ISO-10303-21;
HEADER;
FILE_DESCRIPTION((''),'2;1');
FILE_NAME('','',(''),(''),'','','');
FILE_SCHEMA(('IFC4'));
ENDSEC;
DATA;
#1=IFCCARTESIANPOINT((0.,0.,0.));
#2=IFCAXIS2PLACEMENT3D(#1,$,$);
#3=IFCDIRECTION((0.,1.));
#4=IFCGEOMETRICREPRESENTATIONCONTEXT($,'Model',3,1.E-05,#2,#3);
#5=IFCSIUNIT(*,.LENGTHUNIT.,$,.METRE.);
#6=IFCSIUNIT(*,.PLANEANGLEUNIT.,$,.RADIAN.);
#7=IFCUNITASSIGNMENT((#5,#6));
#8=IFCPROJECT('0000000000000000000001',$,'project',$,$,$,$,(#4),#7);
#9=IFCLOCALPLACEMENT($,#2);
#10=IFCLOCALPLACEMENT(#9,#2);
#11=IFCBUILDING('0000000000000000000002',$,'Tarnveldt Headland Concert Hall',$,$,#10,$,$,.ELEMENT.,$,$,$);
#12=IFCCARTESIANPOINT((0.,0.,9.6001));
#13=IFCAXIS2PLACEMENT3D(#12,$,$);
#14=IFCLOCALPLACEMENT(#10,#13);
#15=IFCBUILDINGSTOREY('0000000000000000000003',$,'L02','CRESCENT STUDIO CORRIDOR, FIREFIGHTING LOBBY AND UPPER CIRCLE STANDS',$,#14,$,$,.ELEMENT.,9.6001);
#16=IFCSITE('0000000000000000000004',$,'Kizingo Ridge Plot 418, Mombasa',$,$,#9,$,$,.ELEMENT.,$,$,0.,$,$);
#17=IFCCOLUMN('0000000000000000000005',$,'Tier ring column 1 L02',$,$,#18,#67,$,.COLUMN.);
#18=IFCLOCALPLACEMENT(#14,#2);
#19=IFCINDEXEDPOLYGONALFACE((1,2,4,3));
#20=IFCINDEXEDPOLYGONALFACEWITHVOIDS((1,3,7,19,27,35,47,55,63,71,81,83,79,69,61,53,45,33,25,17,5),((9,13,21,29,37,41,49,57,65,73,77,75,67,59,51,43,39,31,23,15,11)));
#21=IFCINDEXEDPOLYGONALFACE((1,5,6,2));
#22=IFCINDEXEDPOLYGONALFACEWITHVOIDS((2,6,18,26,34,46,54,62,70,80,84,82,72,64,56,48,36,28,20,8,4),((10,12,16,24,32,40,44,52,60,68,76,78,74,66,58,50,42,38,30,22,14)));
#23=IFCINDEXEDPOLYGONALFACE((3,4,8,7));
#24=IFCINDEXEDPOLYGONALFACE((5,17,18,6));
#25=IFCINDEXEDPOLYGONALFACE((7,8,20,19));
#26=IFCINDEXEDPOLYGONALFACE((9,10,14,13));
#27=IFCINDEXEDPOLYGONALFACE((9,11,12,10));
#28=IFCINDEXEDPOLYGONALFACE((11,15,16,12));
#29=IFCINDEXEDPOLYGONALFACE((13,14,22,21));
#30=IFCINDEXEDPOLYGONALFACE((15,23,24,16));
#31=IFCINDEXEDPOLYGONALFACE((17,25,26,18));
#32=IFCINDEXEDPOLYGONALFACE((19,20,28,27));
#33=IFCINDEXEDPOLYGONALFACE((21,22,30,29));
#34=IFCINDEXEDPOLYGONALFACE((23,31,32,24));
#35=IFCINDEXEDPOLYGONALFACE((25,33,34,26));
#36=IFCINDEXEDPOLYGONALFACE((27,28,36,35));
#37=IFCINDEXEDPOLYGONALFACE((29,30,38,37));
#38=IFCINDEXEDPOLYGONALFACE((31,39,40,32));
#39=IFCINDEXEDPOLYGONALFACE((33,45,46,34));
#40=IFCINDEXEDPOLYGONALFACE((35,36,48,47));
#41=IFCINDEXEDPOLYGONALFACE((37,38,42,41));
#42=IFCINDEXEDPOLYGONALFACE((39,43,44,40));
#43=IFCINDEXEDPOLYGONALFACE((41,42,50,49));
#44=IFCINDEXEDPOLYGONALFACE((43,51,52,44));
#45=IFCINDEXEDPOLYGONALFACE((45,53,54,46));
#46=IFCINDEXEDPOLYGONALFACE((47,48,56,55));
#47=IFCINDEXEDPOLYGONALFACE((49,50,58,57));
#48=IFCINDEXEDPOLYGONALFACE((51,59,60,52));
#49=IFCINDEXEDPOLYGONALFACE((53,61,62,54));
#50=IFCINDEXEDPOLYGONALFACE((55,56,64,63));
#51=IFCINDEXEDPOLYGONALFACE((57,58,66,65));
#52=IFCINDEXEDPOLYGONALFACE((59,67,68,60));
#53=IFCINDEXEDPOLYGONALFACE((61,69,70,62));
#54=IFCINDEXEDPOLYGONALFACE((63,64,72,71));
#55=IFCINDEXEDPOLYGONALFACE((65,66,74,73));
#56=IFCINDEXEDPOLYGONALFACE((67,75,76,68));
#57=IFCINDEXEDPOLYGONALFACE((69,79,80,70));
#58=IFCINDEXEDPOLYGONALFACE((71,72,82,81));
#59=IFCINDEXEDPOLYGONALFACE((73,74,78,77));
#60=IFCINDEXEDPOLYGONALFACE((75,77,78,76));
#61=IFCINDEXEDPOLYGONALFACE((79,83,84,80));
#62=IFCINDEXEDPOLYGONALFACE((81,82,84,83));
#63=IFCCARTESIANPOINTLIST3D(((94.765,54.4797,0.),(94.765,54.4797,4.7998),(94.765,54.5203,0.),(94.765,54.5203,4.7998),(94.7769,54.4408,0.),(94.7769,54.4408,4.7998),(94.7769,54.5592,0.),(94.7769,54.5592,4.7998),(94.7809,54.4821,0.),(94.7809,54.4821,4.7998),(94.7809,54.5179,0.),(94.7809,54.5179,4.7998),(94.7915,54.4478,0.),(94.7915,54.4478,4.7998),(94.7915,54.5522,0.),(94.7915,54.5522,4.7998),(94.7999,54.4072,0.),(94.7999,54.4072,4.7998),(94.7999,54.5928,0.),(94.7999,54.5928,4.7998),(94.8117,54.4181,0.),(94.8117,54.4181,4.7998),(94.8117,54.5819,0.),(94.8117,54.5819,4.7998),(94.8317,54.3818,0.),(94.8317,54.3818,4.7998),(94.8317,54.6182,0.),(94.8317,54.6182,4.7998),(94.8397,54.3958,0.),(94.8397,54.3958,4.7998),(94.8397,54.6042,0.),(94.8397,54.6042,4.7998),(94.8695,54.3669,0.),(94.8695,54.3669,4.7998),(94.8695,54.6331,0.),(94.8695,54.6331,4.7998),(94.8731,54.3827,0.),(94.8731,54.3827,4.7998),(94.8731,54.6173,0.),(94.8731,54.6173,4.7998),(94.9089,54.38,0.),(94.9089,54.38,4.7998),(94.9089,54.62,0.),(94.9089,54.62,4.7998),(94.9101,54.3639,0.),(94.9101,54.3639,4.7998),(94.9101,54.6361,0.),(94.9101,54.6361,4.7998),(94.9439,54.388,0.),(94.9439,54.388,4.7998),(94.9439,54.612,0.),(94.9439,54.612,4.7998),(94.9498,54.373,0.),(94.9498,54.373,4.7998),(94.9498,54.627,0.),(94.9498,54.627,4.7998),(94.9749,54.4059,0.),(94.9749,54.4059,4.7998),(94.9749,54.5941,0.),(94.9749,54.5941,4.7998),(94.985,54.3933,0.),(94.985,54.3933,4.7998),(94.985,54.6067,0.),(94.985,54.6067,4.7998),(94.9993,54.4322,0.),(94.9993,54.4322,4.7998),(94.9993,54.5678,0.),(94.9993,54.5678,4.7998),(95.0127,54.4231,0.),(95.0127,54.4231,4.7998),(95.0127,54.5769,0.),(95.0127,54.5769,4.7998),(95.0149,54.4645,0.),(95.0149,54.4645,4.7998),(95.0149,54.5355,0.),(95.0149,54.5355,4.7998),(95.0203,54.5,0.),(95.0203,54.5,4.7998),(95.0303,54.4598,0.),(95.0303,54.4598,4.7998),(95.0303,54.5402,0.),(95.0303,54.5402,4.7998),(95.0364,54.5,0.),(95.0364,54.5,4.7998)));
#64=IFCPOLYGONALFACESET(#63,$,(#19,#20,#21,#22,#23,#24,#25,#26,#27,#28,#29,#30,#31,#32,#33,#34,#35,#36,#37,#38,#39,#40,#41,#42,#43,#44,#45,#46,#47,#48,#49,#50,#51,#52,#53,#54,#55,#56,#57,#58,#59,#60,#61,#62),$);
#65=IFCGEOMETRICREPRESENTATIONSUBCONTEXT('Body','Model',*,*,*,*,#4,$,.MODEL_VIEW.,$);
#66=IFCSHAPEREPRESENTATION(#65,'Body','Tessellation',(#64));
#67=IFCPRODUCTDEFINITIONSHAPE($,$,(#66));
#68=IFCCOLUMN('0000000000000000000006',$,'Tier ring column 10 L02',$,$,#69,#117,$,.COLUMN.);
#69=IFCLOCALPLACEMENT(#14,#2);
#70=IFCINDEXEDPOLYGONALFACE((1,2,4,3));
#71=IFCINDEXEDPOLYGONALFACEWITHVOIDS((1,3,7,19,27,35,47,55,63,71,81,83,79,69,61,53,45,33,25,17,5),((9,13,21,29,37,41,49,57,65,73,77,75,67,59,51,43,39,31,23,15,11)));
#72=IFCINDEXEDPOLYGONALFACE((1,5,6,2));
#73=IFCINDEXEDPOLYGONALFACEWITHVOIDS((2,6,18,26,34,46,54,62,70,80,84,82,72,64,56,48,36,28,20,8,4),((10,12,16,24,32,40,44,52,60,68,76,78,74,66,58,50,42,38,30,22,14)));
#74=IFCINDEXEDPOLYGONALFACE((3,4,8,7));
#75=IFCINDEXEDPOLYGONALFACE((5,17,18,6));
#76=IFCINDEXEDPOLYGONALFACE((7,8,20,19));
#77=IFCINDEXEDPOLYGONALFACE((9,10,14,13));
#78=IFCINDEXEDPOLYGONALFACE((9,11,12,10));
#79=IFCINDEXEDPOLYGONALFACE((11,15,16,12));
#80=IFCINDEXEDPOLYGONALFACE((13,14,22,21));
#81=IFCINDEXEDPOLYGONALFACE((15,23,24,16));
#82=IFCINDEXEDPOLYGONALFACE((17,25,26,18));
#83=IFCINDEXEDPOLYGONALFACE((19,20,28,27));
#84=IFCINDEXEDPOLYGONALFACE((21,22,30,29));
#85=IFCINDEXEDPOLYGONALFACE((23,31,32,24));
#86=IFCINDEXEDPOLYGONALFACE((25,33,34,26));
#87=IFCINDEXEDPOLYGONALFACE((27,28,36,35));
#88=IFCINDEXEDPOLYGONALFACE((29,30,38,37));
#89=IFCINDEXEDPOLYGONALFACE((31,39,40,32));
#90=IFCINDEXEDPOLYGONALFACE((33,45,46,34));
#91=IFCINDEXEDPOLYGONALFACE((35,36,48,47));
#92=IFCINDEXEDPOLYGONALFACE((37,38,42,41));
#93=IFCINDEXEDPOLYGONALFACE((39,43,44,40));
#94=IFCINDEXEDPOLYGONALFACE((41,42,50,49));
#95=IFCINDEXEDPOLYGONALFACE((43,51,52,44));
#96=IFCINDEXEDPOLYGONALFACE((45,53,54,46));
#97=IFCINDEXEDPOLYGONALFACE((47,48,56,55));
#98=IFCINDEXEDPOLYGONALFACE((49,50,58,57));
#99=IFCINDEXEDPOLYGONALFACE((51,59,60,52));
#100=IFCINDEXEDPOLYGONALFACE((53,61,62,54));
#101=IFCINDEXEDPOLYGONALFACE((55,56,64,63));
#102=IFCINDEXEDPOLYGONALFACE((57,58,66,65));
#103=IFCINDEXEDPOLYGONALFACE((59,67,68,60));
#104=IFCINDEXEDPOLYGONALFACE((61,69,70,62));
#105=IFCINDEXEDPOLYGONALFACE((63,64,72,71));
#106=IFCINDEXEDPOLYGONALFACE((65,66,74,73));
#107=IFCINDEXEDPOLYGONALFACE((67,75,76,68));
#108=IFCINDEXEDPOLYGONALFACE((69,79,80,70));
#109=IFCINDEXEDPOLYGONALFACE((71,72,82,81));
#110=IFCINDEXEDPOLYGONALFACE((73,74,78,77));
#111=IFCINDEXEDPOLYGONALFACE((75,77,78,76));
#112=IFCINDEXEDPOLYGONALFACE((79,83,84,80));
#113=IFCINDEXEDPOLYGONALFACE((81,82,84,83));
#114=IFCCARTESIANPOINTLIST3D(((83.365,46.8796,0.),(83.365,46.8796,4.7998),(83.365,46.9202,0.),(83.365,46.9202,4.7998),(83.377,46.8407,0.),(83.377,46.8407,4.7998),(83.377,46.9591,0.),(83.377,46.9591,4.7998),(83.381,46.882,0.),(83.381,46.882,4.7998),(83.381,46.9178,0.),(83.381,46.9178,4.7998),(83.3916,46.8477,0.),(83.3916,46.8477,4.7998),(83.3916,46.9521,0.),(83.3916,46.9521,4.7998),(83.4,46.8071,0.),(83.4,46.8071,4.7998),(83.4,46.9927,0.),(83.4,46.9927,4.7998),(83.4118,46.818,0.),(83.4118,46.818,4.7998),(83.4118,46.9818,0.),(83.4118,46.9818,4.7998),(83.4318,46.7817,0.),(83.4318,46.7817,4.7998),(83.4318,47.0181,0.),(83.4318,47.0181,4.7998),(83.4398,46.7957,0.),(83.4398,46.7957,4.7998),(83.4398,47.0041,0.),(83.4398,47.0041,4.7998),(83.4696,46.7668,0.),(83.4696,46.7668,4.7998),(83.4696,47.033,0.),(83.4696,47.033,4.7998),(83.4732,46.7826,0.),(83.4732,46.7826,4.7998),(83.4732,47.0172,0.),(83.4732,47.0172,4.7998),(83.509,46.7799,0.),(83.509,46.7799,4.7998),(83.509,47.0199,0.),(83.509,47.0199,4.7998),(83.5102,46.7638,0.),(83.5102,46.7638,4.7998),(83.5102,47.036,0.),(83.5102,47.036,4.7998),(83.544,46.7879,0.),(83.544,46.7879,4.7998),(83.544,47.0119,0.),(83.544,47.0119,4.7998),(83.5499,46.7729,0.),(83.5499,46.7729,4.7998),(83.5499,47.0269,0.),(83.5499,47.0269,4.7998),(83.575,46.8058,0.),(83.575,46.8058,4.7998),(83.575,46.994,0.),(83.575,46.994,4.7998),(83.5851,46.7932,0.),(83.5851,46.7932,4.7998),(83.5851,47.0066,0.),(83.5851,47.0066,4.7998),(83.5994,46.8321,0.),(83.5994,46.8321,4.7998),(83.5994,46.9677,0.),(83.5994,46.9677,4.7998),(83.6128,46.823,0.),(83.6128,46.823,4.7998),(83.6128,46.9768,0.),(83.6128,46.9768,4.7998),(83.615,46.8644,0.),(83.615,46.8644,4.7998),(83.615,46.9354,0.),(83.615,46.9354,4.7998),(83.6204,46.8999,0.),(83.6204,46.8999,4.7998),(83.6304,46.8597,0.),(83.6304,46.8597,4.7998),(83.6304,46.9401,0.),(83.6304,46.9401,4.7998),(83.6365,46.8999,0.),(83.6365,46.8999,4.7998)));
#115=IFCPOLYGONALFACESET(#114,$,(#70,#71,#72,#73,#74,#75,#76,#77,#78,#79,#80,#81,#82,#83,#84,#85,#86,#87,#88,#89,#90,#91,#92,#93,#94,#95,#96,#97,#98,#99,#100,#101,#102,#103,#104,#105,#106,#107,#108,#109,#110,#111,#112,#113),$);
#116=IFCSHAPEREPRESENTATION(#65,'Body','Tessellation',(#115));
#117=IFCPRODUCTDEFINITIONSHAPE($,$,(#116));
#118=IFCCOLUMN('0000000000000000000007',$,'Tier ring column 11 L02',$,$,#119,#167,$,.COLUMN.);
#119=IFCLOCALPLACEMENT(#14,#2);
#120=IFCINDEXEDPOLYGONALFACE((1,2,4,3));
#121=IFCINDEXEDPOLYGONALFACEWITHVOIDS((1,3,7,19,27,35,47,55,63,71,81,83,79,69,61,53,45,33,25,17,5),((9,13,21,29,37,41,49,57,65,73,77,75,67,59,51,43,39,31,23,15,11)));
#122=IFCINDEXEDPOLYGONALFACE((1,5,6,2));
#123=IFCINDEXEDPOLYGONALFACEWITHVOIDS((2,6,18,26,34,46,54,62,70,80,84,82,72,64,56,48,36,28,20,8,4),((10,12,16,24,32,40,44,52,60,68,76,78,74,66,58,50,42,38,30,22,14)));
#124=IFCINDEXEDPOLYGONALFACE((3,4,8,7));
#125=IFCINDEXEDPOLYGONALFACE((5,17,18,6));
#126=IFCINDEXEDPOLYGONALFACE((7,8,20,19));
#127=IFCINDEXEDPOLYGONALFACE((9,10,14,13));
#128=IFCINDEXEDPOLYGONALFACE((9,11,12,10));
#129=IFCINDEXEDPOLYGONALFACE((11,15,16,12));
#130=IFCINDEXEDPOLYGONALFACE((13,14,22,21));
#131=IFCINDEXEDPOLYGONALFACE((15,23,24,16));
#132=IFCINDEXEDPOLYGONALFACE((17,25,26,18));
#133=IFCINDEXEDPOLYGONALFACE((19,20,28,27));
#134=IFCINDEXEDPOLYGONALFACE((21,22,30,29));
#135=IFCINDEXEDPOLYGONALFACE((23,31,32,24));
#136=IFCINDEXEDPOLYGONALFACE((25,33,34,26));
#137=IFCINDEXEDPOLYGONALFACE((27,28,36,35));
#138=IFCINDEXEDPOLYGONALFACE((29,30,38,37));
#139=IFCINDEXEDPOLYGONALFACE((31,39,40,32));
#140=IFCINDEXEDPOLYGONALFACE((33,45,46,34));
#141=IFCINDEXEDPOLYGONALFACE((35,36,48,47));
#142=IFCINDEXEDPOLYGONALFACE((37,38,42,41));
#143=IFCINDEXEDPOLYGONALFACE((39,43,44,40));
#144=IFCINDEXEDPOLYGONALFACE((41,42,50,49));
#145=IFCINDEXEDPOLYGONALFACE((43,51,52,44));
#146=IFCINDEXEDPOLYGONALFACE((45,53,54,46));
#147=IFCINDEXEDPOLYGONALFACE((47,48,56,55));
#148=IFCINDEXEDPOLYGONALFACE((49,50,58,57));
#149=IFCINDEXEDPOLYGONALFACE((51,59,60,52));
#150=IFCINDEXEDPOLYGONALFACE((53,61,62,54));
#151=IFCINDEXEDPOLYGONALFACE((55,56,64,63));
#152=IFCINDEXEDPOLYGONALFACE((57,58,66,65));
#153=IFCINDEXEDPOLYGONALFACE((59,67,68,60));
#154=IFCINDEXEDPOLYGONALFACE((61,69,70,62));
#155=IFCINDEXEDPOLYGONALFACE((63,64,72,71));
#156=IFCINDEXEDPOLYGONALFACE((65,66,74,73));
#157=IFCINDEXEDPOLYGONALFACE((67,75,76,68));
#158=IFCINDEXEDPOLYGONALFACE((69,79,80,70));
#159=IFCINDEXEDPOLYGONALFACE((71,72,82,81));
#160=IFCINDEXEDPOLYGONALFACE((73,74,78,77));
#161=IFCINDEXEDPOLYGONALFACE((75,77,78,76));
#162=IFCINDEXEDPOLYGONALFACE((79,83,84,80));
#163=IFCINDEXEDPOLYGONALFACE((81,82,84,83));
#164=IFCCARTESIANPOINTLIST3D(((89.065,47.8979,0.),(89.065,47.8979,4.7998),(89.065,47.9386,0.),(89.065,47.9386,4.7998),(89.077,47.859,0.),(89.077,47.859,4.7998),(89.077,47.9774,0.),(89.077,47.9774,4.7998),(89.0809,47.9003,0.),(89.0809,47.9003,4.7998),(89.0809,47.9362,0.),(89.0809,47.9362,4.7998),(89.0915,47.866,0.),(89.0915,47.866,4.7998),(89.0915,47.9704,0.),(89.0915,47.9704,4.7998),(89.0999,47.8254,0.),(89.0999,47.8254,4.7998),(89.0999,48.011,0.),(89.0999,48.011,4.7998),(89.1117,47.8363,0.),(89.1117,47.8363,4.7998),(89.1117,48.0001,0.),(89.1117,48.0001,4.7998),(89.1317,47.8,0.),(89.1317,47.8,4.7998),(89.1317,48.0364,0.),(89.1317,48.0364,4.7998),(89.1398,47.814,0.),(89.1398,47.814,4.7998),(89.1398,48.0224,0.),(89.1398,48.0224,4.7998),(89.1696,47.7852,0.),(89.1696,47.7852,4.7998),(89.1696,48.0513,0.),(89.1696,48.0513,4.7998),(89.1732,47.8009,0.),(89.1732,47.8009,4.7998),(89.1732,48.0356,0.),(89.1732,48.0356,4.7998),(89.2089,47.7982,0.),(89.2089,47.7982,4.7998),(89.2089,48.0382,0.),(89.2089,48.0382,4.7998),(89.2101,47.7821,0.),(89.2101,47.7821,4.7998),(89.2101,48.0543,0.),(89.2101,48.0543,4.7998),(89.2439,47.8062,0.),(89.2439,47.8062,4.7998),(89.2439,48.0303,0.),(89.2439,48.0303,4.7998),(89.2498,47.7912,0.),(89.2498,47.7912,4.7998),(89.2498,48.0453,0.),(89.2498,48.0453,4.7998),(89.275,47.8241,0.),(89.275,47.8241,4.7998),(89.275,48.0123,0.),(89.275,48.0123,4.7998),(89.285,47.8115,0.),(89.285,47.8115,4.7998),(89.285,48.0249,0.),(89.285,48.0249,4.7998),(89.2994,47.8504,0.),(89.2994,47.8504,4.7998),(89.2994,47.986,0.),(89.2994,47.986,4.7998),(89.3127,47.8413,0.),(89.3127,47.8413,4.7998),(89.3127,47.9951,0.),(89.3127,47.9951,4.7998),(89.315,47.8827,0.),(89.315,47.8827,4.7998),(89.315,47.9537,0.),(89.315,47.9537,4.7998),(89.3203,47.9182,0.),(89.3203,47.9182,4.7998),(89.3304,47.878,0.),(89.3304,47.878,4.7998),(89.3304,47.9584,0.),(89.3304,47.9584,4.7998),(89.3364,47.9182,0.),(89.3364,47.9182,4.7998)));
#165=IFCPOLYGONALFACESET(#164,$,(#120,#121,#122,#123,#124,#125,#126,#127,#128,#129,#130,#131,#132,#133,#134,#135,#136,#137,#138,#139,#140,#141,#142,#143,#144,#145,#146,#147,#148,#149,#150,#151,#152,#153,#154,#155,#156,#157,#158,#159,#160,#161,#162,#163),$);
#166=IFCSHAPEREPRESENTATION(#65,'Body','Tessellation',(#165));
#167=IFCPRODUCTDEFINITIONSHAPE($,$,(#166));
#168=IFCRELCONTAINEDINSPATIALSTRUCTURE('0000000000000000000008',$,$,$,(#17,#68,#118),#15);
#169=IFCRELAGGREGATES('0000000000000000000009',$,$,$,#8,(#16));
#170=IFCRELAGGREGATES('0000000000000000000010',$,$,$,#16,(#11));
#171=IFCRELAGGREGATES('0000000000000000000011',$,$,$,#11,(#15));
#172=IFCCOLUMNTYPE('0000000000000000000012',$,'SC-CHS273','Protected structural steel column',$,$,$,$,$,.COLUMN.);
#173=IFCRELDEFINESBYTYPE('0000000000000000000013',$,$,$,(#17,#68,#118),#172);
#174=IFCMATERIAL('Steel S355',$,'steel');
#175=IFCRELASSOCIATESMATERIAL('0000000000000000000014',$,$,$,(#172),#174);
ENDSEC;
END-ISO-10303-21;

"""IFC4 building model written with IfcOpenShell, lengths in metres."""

from ifc_helpers import new_model, si_unit, direction, frame, origin, origin_2d, place, context, subcontext, project, spatial, hollow_circle, extrude, material, material_profile, profile_set, type_object, element, save


model = new_model("IFC4")

# Units and contexts
model_context = context("Model", 3, precision=1e-05, world=origin(), true_north=direction((0.0, 1.0)))
body_context = subcontext(model_context, "Body", "Model", "MODEL_VIEW")
ifc_project = project(units=[si_unit("LENGTHUNIT", "METRE"), si_unit("PLANEANGLEUNIT", "RADIAN")], contexts=[model_context])

# Site, building, storey
site_placement = place(None, origin())
site = spatial("IfcSite", under=ifc_project, at=site_placement, Name="Kizingo Ridge Plot 418, Mombasa", CompositionType="ELEMENT", RefElevation=0.0)
building_placement = place(site_placement, origin())
building = spatial("IfcBuilding", under=site, at=building_placement, Name="Tarnveldt Headland Concert Hall", CompositionType="ELEMENT")
storey_placement = place(building_placement, frame((0.0, 0.0, 9.6001)))
storey = spatial("IfcBuildingStorey", under=building, at=storey_placement, Name="L02", Description="CRESCENT STUDIO CORRIDOR, FIREFIGHTING LOBBY AND UPPER CIRCLE STANDS", CompositionType="ELEMENT", Elevation=9.6001)

# Columns
ifc_material_1 = material(Name="Steel S355", Category="steel")
ifc_material_profile_1 = material_profile(ifc_material_1, hollow_circle(Radius=0.1365, WallThickness=0.0161, at=origin_2d()), Name="CHS 273x16", Category="steel")
ifc_profile_set_1 = profile_set([ifc_material_profile_1], Name="Steel S355")
column_type = type_object("IfcColumnType", Name="SC-CHS273", Description="Protected structural steel column", PredefinedType="COLUMN", material=ifc_profile_set_1)
for number, where, z_axis, x_axis, name in (
    (1, (94.8999, 54.5, 0.0), (0.0, 0.0, 1.0), (1.0, 0.0, 0.0), "Tier ring column 1 L02"),
    (2, (83.5, 46.8999, 0.0), (0.0, 0.0, 1.0), (1.0, 0.0, 0.0), "Tier ring column 10 L02"),
    (3, (89.2, 47.9182, 0.0), (0.0, 0.0, 1.0), (1.0, 0.0, 0.0), "Tier ring column 11 L02"),
):
    element("IfcColumn", number, at=place(storey_placement, frame(where, z_axis=z_axis, x_axis=x_axis)), inside=storey, type_object=column_type, Name=name, PredefinedType="COLUMN", context=body_context, shape_type="SweptSolid", body=[
        extrude(hollow_circle(Radius=0.1365, WallThickness=0.0161, at=origin_2d()), origin(), (0.0, 0.0, 1.0), 4.7998),
    ])

save(model, "model.ifc")
